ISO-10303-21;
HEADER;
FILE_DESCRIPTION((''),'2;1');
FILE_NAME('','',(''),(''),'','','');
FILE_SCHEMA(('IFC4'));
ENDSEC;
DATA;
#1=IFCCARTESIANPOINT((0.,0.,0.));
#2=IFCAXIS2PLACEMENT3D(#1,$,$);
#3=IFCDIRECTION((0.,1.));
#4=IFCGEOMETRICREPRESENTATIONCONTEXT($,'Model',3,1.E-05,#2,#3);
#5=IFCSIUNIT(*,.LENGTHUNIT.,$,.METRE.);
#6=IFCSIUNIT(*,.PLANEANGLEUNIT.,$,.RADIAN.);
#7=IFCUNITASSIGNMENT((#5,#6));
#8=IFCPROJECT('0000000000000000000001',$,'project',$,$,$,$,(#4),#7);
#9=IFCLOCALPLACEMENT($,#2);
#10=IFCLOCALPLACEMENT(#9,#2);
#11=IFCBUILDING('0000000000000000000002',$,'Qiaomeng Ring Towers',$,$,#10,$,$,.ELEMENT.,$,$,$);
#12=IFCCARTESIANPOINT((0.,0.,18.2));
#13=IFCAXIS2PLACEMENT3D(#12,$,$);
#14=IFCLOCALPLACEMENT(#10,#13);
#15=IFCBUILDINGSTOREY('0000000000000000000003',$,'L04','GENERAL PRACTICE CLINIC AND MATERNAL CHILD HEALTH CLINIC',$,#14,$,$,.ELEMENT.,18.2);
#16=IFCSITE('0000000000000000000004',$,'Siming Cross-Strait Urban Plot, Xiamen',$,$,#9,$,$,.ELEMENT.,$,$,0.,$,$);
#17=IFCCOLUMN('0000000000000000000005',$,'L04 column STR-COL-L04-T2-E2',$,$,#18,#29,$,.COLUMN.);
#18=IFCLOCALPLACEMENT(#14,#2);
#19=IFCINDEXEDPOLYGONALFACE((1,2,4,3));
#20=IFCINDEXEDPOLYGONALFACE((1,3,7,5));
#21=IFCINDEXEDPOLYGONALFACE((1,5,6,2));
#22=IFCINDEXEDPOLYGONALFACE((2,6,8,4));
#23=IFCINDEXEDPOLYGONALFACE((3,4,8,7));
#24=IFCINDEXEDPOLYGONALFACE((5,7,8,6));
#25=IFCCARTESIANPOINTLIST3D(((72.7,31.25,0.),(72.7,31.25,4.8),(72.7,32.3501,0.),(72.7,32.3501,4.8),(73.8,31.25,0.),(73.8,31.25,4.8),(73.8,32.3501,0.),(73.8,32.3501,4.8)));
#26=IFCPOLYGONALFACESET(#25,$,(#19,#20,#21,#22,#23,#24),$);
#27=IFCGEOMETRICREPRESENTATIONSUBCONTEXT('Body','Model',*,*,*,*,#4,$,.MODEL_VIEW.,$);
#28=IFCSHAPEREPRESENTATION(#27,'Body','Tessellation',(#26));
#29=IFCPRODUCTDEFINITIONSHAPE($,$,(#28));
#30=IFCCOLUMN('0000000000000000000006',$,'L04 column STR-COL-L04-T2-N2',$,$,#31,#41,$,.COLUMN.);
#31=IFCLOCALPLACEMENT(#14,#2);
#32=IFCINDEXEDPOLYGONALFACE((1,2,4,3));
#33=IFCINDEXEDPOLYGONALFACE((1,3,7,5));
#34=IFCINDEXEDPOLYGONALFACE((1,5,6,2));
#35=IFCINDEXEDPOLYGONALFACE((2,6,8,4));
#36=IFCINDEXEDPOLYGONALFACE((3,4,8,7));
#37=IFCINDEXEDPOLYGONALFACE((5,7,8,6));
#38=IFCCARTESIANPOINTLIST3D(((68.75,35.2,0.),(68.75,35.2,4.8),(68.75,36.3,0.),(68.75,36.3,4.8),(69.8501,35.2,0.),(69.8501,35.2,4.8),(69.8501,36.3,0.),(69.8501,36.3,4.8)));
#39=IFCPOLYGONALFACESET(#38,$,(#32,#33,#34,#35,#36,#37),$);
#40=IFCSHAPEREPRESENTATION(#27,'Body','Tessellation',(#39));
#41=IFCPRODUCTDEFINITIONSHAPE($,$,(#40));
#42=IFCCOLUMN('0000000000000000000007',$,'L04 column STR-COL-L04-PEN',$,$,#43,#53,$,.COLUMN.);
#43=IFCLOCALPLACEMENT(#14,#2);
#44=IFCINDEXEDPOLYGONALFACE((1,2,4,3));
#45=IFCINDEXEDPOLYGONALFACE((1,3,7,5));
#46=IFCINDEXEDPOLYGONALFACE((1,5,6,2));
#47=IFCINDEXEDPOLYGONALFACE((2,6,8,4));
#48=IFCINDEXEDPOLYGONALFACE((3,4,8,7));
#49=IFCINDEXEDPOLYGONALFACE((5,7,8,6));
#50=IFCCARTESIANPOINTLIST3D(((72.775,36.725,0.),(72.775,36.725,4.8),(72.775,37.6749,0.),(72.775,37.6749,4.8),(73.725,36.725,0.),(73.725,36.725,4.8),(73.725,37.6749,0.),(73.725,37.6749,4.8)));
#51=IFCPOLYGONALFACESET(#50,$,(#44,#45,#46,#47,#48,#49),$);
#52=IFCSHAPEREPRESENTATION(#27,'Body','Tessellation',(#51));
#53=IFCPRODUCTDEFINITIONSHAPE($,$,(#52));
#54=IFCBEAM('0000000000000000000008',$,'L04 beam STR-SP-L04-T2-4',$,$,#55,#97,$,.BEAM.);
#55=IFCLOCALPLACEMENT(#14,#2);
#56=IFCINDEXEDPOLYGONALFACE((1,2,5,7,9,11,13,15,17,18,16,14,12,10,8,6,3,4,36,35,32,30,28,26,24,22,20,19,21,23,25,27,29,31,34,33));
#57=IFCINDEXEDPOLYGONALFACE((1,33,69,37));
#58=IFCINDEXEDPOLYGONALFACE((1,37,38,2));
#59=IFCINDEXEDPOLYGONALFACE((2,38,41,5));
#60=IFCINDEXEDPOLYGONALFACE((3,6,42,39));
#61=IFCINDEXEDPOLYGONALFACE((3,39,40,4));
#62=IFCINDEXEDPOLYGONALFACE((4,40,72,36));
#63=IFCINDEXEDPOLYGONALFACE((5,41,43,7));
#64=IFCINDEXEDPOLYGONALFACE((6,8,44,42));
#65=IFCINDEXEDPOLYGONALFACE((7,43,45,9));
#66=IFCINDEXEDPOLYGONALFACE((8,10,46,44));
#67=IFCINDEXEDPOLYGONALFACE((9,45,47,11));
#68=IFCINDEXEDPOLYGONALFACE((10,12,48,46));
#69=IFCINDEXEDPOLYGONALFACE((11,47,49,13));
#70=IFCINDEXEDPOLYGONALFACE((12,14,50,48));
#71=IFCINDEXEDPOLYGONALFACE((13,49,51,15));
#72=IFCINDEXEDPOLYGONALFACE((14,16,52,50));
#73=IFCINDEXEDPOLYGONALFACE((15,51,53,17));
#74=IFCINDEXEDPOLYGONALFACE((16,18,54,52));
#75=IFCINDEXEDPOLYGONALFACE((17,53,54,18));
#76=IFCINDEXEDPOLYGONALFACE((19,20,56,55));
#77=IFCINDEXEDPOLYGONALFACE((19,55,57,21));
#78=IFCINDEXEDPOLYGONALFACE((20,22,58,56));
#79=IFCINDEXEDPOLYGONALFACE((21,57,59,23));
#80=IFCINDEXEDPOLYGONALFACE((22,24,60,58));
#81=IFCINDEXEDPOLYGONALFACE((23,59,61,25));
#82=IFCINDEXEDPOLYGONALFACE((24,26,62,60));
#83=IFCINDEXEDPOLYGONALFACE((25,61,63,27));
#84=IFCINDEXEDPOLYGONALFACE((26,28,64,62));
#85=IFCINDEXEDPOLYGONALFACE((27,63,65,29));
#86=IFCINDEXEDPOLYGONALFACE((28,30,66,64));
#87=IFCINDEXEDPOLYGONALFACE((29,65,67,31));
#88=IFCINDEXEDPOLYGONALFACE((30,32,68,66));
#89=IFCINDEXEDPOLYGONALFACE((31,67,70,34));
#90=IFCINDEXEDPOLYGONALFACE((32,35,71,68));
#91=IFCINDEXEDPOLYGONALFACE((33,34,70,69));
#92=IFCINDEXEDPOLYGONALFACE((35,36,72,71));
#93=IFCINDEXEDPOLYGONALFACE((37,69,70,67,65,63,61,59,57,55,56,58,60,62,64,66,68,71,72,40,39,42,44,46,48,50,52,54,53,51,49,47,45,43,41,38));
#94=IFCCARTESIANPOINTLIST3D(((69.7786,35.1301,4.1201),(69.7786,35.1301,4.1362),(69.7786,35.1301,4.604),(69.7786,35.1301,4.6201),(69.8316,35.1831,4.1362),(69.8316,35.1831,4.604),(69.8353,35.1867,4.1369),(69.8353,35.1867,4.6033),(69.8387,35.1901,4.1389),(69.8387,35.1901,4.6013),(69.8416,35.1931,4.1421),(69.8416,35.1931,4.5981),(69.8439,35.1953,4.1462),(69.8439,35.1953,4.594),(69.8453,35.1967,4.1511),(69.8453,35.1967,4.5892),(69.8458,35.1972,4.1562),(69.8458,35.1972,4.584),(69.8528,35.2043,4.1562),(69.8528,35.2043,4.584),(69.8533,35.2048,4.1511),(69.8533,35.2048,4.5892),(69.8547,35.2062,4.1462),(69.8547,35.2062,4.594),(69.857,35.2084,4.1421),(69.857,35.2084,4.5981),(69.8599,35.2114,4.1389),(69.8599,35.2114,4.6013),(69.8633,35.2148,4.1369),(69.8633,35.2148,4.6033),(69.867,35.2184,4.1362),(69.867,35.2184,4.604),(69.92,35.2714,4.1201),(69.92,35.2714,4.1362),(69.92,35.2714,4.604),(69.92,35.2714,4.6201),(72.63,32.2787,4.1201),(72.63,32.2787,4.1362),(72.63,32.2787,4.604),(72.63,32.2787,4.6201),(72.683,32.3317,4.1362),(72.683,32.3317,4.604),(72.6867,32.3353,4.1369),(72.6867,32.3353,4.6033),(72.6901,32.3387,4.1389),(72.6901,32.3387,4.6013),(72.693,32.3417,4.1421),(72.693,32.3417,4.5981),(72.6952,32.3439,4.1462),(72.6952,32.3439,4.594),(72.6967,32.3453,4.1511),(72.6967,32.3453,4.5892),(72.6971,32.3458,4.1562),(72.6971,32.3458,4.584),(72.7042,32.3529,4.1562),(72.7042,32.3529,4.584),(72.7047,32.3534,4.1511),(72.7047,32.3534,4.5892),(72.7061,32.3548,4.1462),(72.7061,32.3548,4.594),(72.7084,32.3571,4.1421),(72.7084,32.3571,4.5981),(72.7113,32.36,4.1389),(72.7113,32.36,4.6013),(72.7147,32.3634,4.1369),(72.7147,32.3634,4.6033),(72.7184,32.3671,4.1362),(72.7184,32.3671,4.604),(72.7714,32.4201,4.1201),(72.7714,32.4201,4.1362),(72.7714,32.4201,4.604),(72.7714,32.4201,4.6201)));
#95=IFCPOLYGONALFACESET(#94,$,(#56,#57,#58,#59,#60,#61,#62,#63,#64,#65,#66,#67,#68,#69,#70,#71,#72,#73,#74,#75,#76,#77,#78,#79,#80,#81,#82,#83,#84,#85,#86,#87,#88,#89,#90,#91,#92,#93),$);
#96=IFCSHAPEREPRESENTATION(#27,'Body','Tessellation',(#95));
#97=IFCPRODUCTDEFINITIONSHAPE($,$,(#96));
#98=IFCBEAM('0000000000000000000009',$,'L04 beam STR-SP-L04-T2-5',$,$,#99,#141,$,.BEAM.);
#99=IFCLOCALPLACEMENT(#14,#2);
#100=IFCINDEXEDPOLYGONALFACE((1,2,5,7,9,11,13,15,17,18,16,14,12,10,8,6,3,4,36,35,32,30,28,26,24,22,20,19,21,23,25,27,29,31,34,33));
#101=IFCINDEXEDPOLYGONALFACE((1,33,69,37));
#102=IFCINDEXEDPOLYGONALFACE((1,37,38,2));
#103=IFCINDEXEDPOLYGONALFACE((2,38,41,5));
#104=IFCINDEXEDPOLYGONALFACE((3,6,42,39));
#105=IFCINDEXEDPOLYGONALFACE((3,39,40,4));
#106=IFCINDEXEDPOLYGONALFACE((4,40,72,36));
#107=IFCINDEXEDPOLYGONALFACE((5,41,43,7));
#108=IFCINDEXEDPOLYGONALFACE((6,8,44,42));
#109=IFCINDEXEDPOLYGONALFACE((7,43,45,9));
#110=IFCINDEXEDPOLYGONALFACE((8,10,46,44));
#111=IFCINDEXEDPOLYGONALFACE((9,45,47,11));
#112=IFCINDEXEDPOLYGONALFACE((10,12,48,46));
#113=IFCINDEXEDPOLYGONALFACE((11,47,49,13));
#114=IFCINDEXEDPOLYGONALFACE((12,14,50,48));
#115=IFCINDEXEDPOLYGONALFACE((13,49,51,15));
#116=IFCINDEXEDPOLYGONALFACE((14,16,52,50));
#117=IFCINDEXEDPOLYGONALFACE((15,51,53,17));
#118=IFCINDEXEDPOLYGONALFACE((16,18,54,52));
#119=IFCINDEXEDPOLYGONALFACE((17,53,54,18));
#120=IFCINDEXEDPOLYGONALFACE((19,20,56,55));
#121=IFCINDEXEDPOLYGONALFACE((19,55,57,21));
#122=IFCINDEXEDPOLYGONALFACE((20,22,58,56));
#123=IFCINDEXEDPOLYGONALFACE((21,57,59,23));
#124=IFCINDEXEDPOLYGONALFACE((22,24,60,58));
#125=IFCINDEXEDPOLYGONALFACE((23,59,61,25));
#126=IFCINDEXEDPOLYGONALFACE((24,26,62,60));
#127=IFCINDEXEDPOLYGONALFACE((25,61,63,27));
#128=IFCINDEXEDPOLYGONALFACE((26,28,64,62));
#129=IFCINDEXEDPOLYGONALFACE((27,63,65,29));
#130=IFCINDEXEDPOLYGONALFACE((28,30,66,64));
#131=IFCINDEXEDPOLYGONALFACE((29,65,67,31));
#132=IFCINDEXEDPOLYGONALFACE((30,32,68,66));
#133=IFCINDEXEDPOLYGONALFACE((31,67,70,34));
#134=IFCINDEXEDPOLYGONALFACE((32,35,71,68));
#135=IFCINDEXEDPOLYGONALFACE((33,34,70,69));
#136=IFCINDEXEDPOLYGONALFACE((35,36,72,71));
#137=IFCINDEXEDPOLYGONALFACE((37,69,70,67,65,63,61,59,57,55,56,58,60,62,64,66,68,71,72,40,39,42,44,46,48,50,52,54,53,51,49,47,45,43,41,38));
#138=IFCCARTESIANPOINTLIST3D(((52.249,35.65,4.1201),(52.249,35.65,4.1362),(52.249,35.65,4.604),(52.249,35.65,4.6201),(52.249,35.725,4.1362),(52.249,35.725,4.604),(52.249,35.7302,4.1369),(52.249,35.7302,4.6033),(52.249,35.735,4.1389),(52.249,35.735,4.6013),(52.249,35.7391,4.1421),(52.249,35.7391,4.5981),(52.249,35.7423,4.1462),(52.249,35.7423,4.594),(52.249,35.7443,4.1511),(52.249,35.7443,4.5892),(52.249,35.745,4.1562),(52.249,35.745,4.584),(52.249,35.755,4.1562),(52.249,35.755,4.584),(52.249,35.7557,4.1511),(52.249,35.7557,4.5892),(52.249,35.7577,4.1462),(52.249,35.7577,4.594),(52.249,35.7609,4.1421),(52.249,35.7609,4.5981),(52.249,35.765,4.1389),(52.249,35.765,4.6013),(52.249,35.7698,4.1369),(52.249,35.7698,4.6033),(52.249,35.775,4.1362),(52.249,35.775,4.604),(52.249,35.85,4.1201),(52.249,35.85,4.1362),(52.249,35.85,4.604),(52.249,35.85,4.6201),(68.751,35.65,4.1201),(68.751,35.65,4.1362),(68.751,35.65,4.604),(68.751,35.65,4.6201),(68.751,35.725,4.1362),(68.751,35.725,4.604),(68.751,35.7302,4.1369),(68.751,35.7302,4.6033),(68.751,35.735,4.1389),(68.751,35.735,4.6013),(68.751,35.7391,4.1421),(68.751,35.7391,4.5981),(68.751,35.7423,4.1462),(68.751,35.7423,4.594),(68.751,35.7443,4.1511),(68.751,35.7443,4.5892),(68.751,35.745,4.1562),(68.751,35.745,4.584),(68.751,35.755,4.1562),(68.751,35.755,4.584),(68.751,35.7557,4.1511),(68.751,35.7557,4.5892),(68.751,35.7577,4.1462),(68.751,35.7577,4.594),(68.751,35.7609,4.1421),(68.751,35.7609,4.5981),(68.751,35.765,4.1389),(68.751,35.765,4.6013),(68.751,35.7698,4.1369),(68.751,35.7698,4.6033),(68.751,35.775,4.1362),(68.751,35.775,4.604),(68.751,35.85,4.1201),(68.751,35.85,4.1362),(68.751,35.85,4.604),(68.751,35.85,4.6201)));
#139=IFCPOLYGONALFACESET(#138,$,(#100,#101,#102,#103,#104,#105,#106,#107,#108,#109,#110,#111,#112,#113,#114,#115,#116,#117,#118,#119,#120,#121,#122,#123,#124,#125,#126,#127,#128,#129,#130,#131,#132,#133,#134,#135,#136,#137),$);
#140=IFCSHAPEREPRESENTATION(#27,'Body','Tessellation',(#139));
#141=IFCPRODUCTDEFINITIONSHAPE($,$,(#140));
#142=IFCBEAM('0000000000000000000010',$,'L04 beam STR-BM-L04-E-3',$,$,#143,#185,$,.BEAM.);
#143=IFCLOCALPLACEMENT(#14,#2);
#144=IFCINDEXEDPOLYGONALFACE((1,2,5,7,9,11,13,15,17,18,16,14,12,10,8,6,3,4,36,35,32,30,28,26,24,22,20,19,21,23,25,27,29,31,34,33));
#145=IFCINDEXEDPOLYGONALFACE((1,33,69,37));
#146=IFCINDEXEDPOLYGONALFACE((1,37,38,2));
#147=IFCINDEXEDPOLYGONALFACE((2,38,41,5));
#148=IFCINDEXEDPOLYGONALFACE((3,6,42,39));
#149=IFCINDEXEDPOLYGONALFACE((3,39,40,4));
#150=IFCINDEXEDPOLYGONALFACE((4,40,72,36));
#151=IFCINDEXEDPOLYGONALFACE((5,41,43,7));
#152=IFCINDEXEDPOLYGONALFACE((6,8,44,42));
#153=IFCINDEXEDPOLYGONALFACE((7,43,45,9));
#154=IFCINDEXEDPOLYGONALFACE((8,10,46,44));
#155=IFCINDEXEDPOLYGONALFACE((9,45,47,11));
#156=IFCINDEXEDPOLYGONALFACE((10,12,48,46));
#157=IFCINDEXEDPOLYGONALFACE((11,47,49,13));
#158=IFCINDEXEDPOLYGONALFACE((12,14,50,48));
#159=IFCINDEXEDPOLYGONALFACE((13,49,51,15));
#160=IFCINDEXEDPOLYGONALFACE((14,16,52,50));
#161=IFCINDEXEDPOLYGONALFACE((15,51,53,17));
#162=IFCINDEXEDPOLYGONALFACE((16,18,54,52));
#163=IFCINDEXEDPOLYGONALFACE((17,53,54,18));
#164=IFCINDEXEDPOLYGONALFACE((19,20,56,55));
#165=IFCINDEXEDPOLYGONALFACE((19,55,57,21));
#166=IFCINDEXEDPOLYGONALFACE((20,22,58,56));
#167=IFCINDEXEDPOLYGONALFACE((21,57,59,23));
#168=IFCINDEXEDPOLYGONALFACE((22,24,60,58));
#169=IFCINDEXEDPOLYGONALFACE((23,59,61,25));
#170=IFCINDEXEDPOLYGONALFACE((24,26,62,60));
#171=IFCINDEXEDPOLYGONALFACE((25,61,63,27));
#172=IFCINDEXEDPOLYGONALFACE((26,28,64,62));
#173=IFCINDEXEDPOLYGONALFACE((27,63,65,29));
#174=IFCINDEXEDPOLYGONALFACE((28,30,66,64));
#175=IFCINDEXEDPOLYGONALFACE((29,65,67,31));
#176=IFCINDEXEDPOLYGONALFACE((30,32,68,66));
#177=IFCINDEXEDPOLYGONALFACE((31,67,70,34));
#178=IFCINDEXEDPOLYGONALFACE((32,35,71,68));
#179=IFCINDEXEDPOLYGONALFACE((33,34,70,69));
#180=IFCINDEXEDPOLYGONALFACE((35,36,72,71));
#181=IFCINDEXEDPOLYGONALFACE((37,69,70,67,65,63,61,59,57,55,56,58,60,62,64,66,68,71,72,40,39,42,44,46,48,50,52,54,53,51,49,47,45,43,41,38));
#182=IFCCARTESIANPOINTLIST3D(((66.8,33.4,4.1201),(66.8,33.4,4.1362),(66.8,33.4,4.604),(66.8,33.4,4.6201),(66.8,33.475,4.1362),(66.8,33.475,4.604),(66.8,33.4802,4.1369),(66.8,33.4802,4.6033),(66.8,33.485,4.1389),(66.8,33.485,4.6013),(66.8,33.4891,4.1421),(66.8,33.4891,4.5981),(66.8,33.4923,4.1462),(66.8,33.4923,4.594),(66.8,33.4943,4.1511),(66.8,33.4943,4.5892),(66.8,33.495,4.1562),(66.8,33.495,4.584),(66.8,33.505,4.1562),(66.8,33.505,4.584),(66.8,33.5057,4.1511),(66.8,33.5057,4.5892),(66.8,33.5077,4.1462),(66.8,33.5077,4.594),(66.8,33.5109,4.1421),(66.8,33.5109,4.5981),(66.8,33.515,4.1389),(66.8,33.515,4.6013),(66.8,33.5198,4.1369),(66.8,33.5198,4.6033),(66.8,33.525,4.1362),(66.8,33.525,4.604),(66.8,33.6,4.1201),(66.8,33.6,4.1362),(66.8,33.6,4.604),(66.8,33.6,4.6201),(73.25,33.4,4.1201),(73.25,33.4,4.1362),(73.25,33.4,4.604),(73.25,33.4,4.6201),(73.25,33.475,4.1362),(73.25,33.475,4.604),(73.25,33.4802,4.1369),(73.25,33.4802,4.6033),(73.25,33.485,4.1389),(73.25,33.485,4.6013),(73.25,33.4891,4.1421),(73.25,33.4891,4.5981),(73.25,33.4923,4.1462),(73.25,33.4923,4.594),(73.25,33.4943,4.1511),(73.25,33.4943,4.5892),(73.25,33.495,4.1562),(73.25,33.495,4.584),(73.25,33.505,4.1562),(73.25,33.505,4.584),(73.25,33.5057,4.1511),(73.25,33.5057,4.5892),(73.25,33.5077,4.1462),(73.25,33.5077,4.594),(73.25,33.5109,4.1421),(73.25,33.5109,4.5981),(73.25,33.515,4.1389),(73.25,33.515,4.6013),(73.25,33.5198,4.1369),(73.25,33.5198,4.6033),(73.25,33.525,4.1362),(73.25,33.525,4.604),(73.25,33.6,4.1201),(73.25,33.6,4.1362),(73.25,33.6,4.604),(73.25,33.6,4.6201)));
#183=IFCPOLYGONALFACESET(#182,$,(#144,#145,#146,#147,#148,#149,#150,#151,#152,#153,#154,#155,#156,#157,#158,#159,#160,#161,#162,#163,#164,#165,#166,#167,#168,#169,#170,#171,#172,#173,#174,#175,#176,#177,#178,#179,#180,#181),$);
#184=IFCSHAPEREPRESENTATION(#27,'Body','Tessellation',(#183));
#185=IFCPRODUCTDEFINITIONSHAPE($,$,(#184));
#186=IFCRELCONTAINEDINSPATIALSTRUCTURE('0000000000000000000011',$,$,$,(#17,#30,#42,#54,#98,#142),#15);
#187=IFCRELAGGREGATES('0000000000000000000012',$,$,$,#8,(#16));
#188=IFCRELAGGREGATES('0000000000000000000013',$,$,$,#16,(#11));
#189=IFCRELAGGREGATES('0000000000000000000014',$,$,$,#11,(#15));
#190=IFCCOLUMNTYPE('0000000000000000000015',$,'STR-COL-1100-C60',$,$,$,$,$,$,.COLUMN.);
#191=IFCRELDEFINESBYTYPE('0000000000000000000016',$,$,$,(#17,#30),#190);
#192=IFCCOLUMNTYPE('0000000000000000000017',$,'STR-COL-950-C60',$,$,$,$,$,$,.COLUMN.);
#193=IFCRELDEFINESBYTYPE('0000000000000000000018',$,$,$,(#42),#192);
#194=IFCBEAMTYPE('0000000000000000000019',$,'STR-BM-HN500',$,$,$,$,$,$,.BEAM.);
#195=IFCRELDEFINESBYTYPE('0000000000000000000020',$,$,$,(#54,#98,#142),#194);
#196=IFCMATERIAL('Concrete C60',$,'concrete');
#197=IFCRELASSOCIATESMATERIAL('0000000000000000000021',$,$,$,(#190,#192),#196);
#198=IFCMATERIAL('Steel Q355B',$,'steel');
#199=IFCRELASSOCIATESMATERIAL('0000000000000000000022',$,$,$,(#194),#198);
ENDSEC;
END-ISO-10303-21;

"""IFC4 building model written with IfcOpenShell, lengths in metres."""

from ifc_helpers import new_model, si_unit, direction, frame, origin, origin_2d, place, context, subcontext, project, spatial, rectangle, i_section, extrude, source, transform, mapped, material, material_profile, profile_set, type_object, element, save


model = new_model("IFC4")

# Units and contexts
model_context = context("Model", 3, precision=1e-05, world=origin(), true_north=direction((0.0, 1.0)))
body_context = subcontext(model_context, "Body", "Model", "MODEL_VIEW")
ifc_project = project(units=[si_unit("LENGTHUNIT", "METRE"), si_unit("PLANEANGLEUNIT", "RADIAN")], contexts=[model_context])

# Site, building, storey
site_placement = place(None, origin())
site = spatial("IfcSite", under=ifc_project, at=site_placement, Name="Siming Cross-Strait Urban Plot, Xiamen", CompositionType="ELEMENT", RefElevation=0.0)
building_placement = place(site_placement, origin())
building = spatial("IfcBuilding", under=site, at=building_placement, Name="Qiaomeng Ring Towers", CompositionType="ELEMENT")
storey_placement = place(building_placement, frame((0.0, 0.0, 18.2)))
storey = spatial("IfcBuildingStorey", under=building, at=storey_placement, Name="L04", Description="GENERAL PRACTICE CLINIC AND MATERNAL CHILD HEALTH CLINIC", CompositionType="ELEMENT", Elevation=18.2)

# Columns
ifc_material_1 = material(Name="Concrete C60", Category="concrete")
ifc_material_profile_1 = material_profile(ifc_material_1, rectangle(XDim=1.1001, YDim=1.1001, at=origin_2d()), Name="RC COL 1100x1100")
ifc_profile_set_1 = profile_set([ifc_material_profile_1], Name="Concrete C60")
column_type_1 = type_object("IfcColumnType", Name="STR-COL-1100-C60", PredefinedType="COLUMN", material=ifc_profile_set_1)
shared_shape_1 = source(origin(), body_context, "Body", "SweptSolid", [
    extrude(rectangle(XDim=1.1001, YDim=1.1001, at=origin_2d()), origin(), (0.0, 0.0, 1.0), 4.8),
])
for number, where, z_axis, x_axis, name in (
    (1, (73.25, 31.8, 0.0), (0.0, 0.0, 1.0), (1.0, 0.0, 0.0), "L04 column STR-COL-L04-T2-E2"),
    (2, (69.3, 35.75, 0.0), (0.0, 0.0, 1.0), (1.0, 0.0, 0.0), "L04 column STR-COL-L04-T2-N2"),
):
    element("IfcColumn", number, at=place(storey_placement, frame(where, z_axis=z_axis, x_axis=x_axis)), inside=storey, type_object=column_type_1, Name=name, PredefinedType="COLUMN", context=body_context, shape_type="MappedRepresentation", body=[
        mapped(shared_shape_1, transform((0.0, 0.0, 0.0), x_axis=(1.0, 0.0, 0.0), y_axis=(0.0, 1.0, 0.0), z_axis=(0.0, 0.0, 1.0), scale=1.0)),
    ])
ifc_material_profile_2 = material_profile(ifc_material_1, rectangle(XDim=0.95, YDim=0.95, at=origin_2d()), Name="RC COL 950x950")
ifc_profile_set_2 = profile_set([ifc_material_profile_2], Name="Concrete C60")
column_type_2 = type_object("IfcColumnType", Name="STR-COL-950-C60", PredefinedType="COLUMN", material=ifc_profile_set_2)
shared_shape_2 = source(origin(), body_context, "Body", "SweptSolid", [
    extrude(rectangle(XDim=0.95, YDim=0.95, at=origin_2d()), origin(), (0.0, 0.0, 1.0), 4.8),
])
column_placement = place(storey_placement, frame((73.25, 37.2, 0.0), z_axis=(0.0, 0.0, 1.0), x_axis=(1.0, 0.0, 0.0)))
element("IfcColumn", 3, at=column_placement, inside=storey, type_object=column_type_2, Name="L04 column STR-COL-L04-PEN", PredefinedType="COLUMN", context=body_context, shape_type="MappedRepresentation", body=[
    mapped(shared_shape_2, transform((0.0, 0.0, 0.0), x_axis=(1.0, 0.0, 0.0), y_axis=(0.0, 1.0, 0.0), z_axis=(0.0, 0.0, 1.0), scale=1.0)),
])

# Beams
ifc_material_2 = material(Name="Steel Q355B", Category="steel")
ifc_material_profile_3 = material_profile(ifc_material_2, i_section(OverallWidth=0.2, OverallDepth=0.5, WebThickness=0.01, FlangeThickness=0.0161, FilletRadius=0.02, at=origin_2d()), Name="HN 500x200x10x16")
ifc_profile_set_3 = profile_set([ifc_material_profile_3], Name="Steel Q355B")
beam_type = type_object("IfcBeamType", Name="STR-BM-HN500", PredefinedType="BEAM", material=ifc_profile_set_3)
shared_shape_3 = source(origin(), body_context, "Body", "SweptSolid", [
    extrude(i_section(OverallWidth=0.2, OverallDepth=0.5, WebThickness=0.01, FlangeThickness=0.0161, FilletRadius=0.02, at=origin_2d()), origin(), (0.0, 0.0, 1.0), 4.0325),
])
beam_1_placement = place(storey_placement, frame((72.7007, 32.3494, 4.3701), z_axis=(-0.707107, 0.707107, 0.0), x_axis=(-0.707107, -0.707107, 0.0)))
element("IfcBeam", 4, at=beam_1_placement, inside=storey, type_object=beam_type, Name="L04 beam STR-SP-L04-T2-4", PredefinedType="BEAM", context=body_context, shape_type="MappedRepresentation", body=[
    mapped(shared_shape_3, transform((0.0, 0.0, 0.0), x_axis=(1.0, 0.0, 0.0), y_axis=(0.0, 1.0, 0.0), z_axis=(0.0, 0.0, 1.0), scale=1.0)),
])
shared_shape_4 = source(origin(), body_context, "Body", "SweptSolid", [
    extrude(i_section(OverallWidth=0.2, OverallDepth=0.5, WebThickness=0.01, FlangeThickness=0.0161, FilletRadius=0.02, at=origin_2d()), origin(), (0.0, 0.0, 1.0), 16.502),
])
beam_2_placement = place(storey_placement, frame((68.751, 35.75, 4.3701), z_axis=(-1.0, 0.0, 0.0), x_axis=(0.0, -1.0, 0.0)))
element("IfcBeam", 5, at=beam_2_placement, inside=storey, type_object=beam_type, Name="L04 beam STR-SP-L04-T2-5", PredefinedType="BEAM", context=body_context, shape_type="MappedRepresentation", body=[
    mapped(shared_shape_4, transform((0.0, 0.0, 0.0), x_axis=(1.0, 0.0, 0.0), y_axis=(0.0, 1.0, 0.0), z_axis=(0.0, 0.0, 1.0), scale=1.0)),
])
shared_shape_5 = source(origin(), body_context, "Body", "SweptSolid", [
    extrude(i_section(OverallWidth=0.2, OverallDepth=0.5, WebThickness=0.01, FlangeThickness=0.0161, FilletRadius=0.02, at=origin_2d()), origin(), (0.0, 0.0, 1.0), 6.45),
])
beam_3_placement = place(storey_placement, frame((66.8, 33.5, 4.3701), z_axis=(1.0, 0.0, 0.0), x_axis=(0.0, 1.0, 0.0)))
element("IfcBeam", 6, at=beam_3_placement, inside=storey, type_object=beam_type, Name="L04 beam STR-BM-L04-E-3", PredefinedType="BEAM", context=body_context, shape_type="MappedRepresentation", body=[
    mapped(shared_shape_5, transform((0.0, 0.0, 0.0), x_axis=(1.0, 0.0, 0.0), y_axis=(0.0, 1.0, 0.0), z_axis=(0.0, 0.0, 1.0), scale=1.0)),
])

save(model, "model.ifc")
